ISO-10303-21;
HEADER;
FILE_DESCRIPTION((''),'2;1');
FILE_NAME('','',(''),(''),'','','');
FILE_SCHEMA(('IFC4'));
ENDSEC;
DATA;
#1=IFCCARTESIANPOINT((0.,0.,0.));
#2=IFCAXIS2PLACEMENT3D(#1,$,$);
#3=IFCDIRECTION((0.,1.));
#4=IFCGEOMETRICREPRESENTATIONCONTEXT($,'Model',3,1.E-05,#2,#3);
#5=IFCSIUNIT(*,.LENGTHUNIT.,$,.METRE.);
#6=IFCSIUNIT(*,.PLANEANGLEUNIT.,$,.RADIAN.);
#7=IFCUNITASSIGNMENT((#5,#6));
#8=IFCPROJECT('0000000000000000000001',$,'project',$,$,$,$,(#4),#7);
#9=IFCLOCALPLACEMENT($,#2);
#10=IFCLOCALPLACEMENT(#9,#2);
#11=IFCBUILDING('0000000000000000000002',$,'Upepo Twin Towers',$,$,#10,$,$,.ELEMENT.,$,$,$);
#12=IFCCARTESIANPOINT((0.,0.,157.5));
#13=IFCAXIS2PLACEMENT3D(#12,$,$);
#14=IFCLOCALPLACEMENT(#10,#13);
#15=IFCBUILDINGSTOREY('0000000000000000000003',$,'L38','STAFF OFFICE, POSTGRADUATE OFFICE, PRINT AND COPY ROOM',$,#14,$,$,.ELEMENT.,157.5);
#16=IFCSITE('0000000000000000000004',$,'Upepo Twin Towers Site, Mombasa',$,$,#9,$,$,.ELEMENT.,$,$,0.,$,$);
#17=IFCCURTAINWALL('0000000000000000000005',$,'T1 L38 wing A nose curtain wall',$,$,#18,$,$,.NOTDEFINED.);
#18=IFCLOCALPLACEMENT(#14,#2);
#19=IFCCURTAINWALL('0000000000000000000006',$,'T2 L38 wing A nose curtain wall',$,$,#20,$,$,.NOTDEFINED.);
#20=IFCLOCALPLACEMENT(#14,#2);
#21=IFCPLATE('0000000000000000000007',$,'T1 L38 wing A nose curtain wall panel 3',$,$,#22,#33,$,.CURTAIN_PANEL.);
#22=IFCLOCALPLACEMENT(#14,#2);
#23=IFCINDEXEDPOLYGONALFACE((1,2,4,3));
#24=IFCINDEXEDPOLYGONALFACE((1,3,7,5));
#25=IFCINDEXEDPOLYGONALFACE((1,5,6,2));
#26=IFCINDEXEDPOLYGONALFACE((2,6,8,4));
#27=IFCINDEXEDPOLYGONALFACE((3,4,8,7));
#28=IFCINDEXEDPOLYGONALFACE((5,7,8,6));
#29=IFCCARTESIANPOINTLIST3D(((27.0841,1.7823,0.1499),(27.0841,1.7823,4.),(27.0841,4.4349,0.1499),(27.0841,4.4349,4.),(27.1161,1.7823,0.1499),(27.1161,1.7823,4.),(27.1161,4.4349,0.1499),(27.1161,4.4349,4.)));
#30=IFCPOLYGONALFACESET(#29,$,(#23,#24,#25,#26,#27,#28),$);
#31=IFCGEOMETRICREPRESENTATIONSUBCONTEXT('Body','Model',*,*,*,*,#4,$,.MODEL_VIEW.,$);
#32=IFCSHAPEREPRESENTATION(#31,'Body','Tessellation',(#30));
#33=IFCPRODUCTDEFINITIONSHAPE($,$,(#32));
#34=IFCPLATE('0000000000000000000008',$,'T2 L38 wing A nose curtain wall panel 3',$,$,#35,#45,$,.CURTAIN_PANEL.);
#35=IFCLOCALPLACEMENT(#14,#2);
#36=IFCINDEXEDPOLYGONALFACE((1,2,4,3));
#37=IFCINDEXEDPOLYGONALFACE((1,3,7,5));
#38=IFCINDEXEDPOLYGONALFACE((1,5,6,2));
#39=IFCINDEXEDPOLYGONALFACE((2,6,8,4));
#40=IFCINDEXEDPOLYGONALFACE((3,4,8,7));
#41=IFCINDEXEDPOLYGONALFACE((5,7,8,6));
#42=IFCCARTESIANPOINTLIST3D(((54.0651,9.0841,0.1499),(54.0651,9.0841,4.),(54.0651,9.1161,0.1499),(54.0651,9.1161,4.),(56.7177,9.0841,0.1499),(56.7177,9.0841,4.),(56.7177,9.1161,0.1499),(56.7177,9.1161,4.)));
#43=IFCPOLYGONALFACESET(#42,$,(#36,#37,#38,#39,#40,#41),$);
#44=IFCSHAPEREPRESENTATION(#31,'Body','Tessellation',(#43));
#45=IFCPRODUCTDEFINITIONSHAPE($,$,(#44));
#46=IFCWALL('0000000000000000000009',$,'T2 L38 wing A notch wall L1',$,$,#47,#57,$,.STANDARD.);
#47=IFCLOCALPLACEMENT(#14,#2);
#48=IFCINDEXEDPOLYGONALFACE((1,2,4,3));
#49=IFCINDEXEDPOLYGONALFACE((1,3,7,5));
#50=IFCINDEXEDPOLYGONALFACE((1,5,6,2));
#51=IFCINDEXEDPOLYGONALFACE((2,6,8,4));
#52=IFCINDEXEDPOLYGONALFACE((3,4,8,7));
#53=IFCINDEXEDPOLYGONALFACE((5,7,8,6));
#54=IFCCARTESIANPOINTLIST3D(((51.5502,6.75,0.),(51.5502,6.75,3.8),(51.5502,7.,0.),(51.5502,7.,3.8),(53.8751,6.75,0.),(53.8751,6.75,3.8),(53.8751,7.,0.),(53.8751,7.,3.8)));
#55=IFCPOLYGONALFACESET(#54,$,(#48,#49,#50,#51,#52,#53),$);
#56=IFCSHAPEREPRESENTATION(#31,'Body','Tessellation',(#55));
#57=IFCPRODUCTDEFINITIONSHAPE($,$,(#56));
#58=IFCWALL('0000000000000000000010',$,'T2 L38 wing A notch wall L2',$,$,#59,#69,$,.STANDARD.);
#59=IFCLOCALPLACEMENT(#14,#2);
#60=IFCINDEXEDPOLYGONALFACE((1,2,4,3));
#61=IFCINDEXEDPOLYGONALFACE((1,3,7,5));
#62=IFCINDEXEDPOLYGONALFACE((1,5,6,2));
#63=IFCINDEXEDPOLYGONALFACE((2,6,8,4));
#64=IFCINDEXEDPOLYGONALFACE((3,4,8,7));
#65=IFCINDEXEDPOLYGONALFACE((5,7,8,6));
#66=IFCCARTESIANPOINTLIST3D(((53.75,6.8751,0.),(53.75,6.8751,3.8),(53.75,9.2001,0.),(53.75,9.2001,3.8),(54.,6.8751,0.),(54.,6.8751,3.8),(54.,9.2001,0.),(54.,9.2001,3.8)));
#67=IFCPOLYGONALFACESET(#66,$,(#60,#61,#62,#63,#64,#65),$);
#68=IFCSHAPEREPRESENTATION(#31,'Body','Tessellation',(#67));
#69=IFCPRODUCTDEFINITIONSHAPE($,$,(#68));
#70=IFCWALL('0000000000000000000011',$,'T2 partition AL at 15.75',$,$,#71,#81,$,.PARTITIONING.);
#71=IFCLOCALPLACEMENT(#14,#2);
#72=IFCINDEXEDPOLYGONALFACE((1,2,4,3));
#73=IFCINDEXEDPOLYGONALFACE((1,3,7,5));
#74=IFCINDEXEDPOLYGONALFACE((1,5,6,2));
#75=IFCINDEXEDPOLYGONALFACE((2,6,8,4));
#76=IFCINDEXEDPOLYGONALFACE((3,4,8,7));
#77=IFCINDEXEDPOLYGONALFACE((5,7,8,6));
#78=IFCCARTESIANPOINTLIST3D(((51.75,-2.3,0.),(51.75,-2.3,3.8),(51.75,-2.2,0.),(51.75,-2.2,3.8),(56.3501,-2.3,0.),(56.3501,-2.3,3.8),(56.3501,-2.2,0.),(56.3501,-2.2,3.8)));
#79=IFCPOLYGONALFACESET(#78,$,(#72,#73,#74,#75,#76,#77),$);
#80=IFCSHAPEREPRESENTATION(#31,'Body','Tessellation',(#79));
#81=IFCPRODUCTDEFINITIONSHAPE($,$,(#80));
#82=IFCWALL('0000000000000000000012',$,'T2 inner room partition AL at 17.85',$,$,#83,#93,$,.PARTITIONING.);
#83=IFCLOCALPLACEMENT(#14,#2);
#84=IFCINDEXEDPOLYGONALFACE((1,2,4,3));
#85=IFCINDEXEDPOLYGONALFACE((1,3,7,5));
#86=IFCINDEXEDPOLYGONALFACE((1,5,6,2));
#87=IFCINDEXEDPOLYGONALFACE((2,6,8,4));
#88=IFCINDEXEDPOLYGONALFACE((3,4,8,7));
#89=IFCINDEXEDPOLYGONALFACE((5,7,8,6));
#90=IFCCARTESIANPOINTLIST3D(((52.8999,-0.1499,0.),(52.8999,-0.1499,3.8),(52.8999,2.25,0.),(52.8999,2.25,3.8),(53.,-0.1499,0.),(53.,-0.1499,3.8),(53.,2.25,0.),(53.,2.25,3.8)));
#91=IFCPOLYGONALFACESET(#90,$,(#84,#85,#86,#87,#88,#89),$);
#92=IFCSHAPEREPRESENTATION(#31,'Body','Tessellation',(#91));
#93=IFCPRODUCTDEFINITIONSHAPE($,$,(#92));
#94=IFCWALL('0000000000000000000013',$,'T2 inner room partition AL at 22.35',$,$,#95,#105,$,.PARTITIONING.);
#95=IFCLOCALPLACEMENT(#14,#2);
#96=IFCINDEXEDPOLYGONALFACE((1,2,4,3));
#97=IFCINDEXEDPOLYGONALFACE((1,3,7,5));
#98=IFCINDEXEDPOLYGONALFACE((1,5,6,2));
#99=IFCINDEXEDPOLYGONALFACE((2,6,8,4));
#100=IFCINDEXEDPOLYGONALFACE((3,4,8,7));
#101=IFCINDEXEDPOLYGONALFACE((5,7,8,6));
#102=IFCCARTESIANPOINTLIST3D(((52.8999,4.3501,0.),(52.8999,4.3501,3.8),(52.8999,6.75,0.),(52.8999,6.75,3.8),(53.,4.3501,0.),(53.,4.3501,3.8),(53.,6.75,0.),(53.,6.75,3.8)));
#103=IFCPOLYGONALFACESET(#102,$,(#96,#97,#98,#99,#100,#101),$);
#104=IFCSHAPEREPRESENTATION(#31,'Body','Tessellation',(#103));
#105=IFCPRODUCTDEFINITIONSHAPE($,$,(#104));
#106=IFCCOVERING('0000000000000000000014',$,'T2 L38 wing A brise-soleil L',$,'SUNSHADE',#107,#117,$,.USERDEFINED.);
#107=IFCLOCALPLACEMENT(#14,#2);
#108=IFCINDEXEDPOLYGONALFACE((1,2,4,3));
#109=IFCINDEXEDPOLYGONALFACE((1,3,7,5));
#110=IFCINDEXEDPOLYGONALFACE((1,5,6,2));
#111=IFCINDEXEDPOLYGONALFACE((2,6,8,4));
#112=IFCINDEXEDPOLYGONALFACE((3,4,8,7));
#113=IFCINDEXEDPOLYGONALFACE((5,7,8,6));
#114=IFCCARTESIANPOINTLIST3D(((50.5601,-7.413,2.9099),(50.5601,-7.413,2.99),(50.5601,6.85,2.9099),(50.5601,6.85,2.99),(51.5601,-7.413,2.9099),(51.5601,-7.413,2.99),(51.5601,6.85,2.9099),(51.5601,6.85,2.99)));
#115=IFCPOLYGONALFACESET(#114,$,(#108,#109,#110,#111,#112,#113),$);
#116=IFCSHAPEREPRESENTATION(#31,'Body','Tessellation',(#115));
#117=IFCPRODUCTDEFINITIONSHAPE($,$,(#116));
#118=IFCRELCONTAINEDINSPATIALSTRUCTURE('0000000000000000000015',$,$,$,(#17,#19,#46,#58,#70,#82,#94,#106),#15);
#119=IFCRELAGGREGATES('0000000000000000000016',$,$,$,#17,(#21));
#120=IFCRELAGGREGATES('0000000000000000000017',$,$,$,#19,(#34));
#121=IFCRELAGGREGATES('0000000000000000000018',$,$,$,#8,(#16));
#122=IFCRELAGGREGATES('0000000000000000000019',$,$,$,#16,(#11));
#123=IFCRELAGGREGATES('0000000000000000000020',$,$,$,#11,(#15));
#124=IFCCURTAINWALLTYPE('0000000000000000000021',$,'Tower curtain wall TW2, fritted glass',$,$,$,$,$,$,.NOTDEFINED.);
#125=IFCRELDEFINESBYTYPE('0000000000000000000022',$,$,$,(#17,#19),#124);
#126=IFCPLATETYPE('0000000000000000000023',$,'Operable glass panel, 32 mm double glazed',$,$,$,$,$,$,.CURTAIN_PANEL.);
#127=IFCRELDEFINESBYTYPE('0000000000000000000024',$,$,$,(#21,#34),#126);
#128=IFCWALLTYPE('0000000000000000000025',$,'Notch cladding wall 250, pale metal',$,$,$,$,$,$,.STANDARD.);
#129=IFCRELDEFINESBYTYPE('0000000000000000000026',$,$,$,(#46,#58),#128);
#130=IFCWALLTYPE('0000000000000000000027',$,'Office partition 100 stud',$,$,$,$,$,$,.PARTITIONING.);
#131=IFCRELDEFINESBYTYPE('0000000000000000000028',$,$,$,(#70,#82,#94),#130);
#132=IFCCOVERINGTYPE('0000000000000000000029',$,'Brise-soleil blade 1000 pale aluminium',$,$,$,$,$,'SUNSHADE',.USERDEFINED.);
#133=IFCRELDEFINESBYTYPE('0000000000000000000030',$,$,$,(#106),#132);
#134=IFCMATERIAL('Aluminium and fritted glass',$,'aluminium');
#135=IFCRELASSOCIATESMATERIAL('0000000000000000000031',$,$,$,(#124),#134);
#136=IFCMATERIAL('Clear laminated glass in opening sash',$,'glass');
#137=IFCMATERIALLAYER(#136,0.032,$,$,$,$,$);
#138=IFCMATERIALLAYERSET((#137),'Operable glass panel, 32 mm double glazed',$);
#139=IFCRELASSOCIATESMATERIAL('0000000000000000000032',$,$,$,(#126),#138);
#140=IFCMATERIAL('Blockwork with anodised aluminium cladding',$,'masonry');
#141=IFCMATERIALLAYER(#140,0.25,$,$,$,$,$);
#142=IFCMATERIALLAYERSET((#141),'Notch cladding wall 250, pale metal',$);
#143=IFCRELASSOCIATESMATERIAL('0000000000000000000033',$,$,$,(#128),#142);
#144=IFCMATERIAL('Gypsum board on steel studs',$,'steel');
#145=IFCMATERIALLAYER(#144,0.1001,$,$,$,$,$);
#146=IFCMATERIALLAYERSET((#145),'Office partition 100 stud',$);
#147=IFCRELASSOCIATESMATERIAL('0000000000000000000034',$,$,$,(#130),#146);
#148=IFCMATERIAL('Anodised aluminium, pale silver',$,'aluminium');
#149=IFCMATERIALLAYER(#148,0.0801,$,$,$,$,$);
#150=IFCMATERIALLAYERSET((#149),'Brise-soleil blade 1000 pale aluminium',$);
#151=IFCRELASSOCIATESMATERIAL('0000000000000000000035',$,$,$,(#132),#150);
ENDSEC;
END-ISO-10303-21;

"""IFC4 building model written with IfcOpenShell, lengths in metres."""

from ifc_helpers import new_model, si_unit, direction, frame, frame_2d, origin, origin_2d, place, context, subcontext, project, spatial, rectangle, extrude, material, layer, layer_set, type_object, element, aggregate, save


model = new_model("IFC4")

# Units and contexts
model_context = context("Model", 3, precision=1e-05, world=origin(), true_north=direction((0.0, 1.0)))
body_context = subcontext(model_context, "Body", "Model", "MODEL_VIEW")
ifc_project = project(units=[si_unit("LENGTHUNIT", "METRE"), si_unit("PLANEANGLEUNIT", "RADIAN")], contexts=[model_context])

# Site, building, storey
site_placement = place(None, origin())
site = spatial("IfcSite", under=ifc_project, at=site_placement, Name="Upepo Twin Towers Site, Mombasa", CompositionType="ELEMENT", RefElevation=0.0)
building_placement = place(site_placement, origin())
building = spatial("IfcBuilding", under=site, at=building_placement, Name="Upepo Twin Towers", CompositionType="ELEMENT")
storey_placement = place(building_placement, frame((0.0, 0.0, 157.5)))
storey = spatial("IfcBuildingStorey", under=building, at=storey_placement, Name="L38", Description="STAFF OFFICE, POSTGRADUATE OFFICE, PRINT AND COPY ROOM", CompositionType="ELEMENT", Elevation=157.5)

# Curtain wall
ifc_material_1 = material(Name="Aluminium and fritted glass", Category="aluminium")
curtain_wall_type = type_object("IfcCurtainWallType", Name="Tower curtain wall TW2, fritted glass", PredefinedType="NOTDEFINED", material=ifc_material_1)
curtain_wall_1_placement = place(storey_placement, origin())
curtain_wall_1 = element("IfcCurtainWall", 1, at=curtain_wall_1_placement, inside=storey, type_object=curtain_wall_type, Name="T1 L38 wing A nose curtain wall", PredefinedType="NOTDEFINED")

# Curtain wall
curtain_wall_2_placement = place(storey_placement, origin())
curtain_wall_2 = element("IfcCurtainWall", 2, at=curtain_wall_2_placement, inside=storey, type_object=curtain_wall_type, Name="T2 L38 wing A nose curtain wall", PredefinedType="NOTDEFINED")

# Plates
ifc_material_2 = material(Name="Clear laminated glass in opening sash", Category="glass")
ifc_layer_1 = layer(ifc_material_2, 0.032)
ifc_layer_set_1 = layer_set([ifc_layer_1], Name="Operable glass panel, 32 mm double glazed")
plate_type_1 = type_object("IfcPlateType", Name="Operable glass panel, 32 mm double glazed", PredefinedType="CURTAIN_PANEL", material=ifc_layer_set_1)
plate_1_placement = place(storey_placement, frame((27.1001, 3.1086, 0.1499), z_axis=(0.0, 0.0, 1.0), x_axis=(0.0, 1.0, 0.0)))
plate_1 = element("IfcPlate", 3, at=plate_1_placement, type_object=plate_type_1, Name="T1 L38 wing A nose curtain wall panel 3", PredefinedType="CURTAIN_PANEL", context=body_context, shape_type="SweptSolid", body=[
    extrude(rectangle(XDim=2.6526, YDim=0.032, at=origin_2d()), origin(), (0.0, 0.0, 1.0), 3.8501),
])
aggregate(curtain_wall_1, [plate_1])
plate_2_placement = place(storey_placement, frame((55.3914, 9.1001, 0.1499), z_axis=(0.0, 0.0, 1.0), x_axis=(-1.0, 0.0, 0.0)))
plate_2 = element("IfcPlate", 4, at=plate_2_placement, type_object=plate_type_1, Name="T2 L38 wing A nose curtain wall panel 3", PredefinedType="CURTAIN_PANEL", context=body_context, shape_type="SweptSolid", body=[
    extrude(rectangle(XDim=2.6526, YDim=0.032, at=origin_2d()), origin(), (0.0, 0.0, 1.0), 3.8501),
])
aggregate(curtain_wall_2, [plate_2])

# Walls
ifc_material_3 = material(Name="Blockwork with anodised aluminium cladding", Category="masonry")
ifc_layer_2 = layer(ifc_material_3, 0.25)
ifc_layer_set_2 = layer_set([ifc_layer_2], Name="Notch cladding wall 250, pale metal")
wall_type_1 = type_object("IfcWallType", Name="Notch cladding wall 250, pale metal", PredefinedType="STANDARD", material=ifc_layer_set_2)
for number, where, z_axis, x_axis, name in (
    (5, (51.55, 6.875, 0.0), (0.0, 0.0, 1.0), (1.0, 0.0, 0.0), "T2 L38 wing A notch wall L1"),
    (6, (53.875, 6.875, 0.0), (0.0, 0.0, 1.0), (0.0, 1.0, 0.0), "T2 L38 wing A notch wall L2"),
):
    element("IfcWall", number, at=place(storey_placement, frame(where, z_axis=z_axis, x_axis=x_axis)), inside=storey, type_object=wall_type_1, Name=name, PredefinedType="STANDARD", context=body_context, shape_type="SweptSolid", body=[
        extrude(rectangle(XDim=2.325, YDim=0.25, at=frame_2d((1.1626, 0.0))), origin(), (0.0, 0.0, 1.0), 3.8),
    ])
ifc_material_4 = material(Name="Gypsum board on steel studs", Category="steel")
ifc_layer_3 = layer(ifc_material_4, 0.1001)
ifc_layer_set_3 = layer_set([ifc_layer_3], Name="Office partition 100 stud")
wall_type_2 = type_object("IfcWallType", Name="Office partition 100 stud", PredefinedType="PARTITIONING", material=ifc_layer_set_3)
wall_placement = place(storey_placement, frame((56.3501, -2.25, 0.0), z_axis=(0.0, 0.0, 1.0), x_axis=(-1.0, 0.0, 0.0)))
element("IfcWall", 7, at=wall_placement, inside=storey, type_object=wall_type_2, Name="T2 partition AL at 15.75", PredefinedType="PARTITIONING", context=body_context, shape_type="SweptSolid", body=[
    extrude(rectangle(XDim=4.6001, YDim=0.1001, at=frame_2d((2.3, 0.0))), origin(), (0.0, 0.0, 1.0), 3.8),
])
for number, where, z_axis, x_axis, name in (
    (8, (52.95, -0.1499, 0.0), (0.0, 0.0, 1.0), (0.0, 1.0, 0.0), "T2 inner room partition AL at 17.85"),
    (9, (52.95, 4.3501, 0.0), (0.0, 0.0, 1.0), (0.0, 1.0, 0.0), "T2 inner room partition AL at 22.35"),
):
    element("IfcWall", number, at=place(storey_placement, frame(where, z_axis=z_axis, x_axis=x_axis)), inside=storey, type_object=wall_type_2, Name=name, PredefinedType="PARTITIONING", context=body_context, shape_type="SweptSolid", body=[
        extrude(rectangle(XDim=2.3999, YDim=0.1001, at=frame_2d((1.2, 0.0))), origin(), (0.0, 0.0, 1.0), 3.8),
    ])

# Covering
ifc_material_5 = material(Name="Anodised aluminium, pale silver", Category="aluminium")
ifc_layer_4 = layer(ifc_material_5, 0.0801)
ifc_layer_set_4 = layer_set([ifc_layer_4], Name="Brise-soleil blade 1000 pale aluminium")
covering_type = type_object("IfcCoveringType", Name="Brise-soleil blade 1000 pale aluminium", ElementType="SUNSHADE", PredefinedType="USERDEFINED", material=ifc_layer_set_4)
covering_placement = place(storey_placement, frame((51.0601, -0.2815, 2.9099), z_axis=(0.0, 0.0, 1.0), x_axis=(0.0, 1.0, 0.0)))
element("IfcCovering", 10, at=covering_placement, inside=storey, type_object=covering_type, Name="T2 L38 wing A brise-soleil L", ObjectType="SUNSHADE", PredefinedType="USERDEFINED", context=body_context, shape_type="SweptSolid", body=[
    extrude(rectangle(XDim=14.2629, YDim=1.0, at=origin_2d()), origin(), (0.0, 0.0, 1.0), 0.0801),
])

save(model, "model.ifc")
